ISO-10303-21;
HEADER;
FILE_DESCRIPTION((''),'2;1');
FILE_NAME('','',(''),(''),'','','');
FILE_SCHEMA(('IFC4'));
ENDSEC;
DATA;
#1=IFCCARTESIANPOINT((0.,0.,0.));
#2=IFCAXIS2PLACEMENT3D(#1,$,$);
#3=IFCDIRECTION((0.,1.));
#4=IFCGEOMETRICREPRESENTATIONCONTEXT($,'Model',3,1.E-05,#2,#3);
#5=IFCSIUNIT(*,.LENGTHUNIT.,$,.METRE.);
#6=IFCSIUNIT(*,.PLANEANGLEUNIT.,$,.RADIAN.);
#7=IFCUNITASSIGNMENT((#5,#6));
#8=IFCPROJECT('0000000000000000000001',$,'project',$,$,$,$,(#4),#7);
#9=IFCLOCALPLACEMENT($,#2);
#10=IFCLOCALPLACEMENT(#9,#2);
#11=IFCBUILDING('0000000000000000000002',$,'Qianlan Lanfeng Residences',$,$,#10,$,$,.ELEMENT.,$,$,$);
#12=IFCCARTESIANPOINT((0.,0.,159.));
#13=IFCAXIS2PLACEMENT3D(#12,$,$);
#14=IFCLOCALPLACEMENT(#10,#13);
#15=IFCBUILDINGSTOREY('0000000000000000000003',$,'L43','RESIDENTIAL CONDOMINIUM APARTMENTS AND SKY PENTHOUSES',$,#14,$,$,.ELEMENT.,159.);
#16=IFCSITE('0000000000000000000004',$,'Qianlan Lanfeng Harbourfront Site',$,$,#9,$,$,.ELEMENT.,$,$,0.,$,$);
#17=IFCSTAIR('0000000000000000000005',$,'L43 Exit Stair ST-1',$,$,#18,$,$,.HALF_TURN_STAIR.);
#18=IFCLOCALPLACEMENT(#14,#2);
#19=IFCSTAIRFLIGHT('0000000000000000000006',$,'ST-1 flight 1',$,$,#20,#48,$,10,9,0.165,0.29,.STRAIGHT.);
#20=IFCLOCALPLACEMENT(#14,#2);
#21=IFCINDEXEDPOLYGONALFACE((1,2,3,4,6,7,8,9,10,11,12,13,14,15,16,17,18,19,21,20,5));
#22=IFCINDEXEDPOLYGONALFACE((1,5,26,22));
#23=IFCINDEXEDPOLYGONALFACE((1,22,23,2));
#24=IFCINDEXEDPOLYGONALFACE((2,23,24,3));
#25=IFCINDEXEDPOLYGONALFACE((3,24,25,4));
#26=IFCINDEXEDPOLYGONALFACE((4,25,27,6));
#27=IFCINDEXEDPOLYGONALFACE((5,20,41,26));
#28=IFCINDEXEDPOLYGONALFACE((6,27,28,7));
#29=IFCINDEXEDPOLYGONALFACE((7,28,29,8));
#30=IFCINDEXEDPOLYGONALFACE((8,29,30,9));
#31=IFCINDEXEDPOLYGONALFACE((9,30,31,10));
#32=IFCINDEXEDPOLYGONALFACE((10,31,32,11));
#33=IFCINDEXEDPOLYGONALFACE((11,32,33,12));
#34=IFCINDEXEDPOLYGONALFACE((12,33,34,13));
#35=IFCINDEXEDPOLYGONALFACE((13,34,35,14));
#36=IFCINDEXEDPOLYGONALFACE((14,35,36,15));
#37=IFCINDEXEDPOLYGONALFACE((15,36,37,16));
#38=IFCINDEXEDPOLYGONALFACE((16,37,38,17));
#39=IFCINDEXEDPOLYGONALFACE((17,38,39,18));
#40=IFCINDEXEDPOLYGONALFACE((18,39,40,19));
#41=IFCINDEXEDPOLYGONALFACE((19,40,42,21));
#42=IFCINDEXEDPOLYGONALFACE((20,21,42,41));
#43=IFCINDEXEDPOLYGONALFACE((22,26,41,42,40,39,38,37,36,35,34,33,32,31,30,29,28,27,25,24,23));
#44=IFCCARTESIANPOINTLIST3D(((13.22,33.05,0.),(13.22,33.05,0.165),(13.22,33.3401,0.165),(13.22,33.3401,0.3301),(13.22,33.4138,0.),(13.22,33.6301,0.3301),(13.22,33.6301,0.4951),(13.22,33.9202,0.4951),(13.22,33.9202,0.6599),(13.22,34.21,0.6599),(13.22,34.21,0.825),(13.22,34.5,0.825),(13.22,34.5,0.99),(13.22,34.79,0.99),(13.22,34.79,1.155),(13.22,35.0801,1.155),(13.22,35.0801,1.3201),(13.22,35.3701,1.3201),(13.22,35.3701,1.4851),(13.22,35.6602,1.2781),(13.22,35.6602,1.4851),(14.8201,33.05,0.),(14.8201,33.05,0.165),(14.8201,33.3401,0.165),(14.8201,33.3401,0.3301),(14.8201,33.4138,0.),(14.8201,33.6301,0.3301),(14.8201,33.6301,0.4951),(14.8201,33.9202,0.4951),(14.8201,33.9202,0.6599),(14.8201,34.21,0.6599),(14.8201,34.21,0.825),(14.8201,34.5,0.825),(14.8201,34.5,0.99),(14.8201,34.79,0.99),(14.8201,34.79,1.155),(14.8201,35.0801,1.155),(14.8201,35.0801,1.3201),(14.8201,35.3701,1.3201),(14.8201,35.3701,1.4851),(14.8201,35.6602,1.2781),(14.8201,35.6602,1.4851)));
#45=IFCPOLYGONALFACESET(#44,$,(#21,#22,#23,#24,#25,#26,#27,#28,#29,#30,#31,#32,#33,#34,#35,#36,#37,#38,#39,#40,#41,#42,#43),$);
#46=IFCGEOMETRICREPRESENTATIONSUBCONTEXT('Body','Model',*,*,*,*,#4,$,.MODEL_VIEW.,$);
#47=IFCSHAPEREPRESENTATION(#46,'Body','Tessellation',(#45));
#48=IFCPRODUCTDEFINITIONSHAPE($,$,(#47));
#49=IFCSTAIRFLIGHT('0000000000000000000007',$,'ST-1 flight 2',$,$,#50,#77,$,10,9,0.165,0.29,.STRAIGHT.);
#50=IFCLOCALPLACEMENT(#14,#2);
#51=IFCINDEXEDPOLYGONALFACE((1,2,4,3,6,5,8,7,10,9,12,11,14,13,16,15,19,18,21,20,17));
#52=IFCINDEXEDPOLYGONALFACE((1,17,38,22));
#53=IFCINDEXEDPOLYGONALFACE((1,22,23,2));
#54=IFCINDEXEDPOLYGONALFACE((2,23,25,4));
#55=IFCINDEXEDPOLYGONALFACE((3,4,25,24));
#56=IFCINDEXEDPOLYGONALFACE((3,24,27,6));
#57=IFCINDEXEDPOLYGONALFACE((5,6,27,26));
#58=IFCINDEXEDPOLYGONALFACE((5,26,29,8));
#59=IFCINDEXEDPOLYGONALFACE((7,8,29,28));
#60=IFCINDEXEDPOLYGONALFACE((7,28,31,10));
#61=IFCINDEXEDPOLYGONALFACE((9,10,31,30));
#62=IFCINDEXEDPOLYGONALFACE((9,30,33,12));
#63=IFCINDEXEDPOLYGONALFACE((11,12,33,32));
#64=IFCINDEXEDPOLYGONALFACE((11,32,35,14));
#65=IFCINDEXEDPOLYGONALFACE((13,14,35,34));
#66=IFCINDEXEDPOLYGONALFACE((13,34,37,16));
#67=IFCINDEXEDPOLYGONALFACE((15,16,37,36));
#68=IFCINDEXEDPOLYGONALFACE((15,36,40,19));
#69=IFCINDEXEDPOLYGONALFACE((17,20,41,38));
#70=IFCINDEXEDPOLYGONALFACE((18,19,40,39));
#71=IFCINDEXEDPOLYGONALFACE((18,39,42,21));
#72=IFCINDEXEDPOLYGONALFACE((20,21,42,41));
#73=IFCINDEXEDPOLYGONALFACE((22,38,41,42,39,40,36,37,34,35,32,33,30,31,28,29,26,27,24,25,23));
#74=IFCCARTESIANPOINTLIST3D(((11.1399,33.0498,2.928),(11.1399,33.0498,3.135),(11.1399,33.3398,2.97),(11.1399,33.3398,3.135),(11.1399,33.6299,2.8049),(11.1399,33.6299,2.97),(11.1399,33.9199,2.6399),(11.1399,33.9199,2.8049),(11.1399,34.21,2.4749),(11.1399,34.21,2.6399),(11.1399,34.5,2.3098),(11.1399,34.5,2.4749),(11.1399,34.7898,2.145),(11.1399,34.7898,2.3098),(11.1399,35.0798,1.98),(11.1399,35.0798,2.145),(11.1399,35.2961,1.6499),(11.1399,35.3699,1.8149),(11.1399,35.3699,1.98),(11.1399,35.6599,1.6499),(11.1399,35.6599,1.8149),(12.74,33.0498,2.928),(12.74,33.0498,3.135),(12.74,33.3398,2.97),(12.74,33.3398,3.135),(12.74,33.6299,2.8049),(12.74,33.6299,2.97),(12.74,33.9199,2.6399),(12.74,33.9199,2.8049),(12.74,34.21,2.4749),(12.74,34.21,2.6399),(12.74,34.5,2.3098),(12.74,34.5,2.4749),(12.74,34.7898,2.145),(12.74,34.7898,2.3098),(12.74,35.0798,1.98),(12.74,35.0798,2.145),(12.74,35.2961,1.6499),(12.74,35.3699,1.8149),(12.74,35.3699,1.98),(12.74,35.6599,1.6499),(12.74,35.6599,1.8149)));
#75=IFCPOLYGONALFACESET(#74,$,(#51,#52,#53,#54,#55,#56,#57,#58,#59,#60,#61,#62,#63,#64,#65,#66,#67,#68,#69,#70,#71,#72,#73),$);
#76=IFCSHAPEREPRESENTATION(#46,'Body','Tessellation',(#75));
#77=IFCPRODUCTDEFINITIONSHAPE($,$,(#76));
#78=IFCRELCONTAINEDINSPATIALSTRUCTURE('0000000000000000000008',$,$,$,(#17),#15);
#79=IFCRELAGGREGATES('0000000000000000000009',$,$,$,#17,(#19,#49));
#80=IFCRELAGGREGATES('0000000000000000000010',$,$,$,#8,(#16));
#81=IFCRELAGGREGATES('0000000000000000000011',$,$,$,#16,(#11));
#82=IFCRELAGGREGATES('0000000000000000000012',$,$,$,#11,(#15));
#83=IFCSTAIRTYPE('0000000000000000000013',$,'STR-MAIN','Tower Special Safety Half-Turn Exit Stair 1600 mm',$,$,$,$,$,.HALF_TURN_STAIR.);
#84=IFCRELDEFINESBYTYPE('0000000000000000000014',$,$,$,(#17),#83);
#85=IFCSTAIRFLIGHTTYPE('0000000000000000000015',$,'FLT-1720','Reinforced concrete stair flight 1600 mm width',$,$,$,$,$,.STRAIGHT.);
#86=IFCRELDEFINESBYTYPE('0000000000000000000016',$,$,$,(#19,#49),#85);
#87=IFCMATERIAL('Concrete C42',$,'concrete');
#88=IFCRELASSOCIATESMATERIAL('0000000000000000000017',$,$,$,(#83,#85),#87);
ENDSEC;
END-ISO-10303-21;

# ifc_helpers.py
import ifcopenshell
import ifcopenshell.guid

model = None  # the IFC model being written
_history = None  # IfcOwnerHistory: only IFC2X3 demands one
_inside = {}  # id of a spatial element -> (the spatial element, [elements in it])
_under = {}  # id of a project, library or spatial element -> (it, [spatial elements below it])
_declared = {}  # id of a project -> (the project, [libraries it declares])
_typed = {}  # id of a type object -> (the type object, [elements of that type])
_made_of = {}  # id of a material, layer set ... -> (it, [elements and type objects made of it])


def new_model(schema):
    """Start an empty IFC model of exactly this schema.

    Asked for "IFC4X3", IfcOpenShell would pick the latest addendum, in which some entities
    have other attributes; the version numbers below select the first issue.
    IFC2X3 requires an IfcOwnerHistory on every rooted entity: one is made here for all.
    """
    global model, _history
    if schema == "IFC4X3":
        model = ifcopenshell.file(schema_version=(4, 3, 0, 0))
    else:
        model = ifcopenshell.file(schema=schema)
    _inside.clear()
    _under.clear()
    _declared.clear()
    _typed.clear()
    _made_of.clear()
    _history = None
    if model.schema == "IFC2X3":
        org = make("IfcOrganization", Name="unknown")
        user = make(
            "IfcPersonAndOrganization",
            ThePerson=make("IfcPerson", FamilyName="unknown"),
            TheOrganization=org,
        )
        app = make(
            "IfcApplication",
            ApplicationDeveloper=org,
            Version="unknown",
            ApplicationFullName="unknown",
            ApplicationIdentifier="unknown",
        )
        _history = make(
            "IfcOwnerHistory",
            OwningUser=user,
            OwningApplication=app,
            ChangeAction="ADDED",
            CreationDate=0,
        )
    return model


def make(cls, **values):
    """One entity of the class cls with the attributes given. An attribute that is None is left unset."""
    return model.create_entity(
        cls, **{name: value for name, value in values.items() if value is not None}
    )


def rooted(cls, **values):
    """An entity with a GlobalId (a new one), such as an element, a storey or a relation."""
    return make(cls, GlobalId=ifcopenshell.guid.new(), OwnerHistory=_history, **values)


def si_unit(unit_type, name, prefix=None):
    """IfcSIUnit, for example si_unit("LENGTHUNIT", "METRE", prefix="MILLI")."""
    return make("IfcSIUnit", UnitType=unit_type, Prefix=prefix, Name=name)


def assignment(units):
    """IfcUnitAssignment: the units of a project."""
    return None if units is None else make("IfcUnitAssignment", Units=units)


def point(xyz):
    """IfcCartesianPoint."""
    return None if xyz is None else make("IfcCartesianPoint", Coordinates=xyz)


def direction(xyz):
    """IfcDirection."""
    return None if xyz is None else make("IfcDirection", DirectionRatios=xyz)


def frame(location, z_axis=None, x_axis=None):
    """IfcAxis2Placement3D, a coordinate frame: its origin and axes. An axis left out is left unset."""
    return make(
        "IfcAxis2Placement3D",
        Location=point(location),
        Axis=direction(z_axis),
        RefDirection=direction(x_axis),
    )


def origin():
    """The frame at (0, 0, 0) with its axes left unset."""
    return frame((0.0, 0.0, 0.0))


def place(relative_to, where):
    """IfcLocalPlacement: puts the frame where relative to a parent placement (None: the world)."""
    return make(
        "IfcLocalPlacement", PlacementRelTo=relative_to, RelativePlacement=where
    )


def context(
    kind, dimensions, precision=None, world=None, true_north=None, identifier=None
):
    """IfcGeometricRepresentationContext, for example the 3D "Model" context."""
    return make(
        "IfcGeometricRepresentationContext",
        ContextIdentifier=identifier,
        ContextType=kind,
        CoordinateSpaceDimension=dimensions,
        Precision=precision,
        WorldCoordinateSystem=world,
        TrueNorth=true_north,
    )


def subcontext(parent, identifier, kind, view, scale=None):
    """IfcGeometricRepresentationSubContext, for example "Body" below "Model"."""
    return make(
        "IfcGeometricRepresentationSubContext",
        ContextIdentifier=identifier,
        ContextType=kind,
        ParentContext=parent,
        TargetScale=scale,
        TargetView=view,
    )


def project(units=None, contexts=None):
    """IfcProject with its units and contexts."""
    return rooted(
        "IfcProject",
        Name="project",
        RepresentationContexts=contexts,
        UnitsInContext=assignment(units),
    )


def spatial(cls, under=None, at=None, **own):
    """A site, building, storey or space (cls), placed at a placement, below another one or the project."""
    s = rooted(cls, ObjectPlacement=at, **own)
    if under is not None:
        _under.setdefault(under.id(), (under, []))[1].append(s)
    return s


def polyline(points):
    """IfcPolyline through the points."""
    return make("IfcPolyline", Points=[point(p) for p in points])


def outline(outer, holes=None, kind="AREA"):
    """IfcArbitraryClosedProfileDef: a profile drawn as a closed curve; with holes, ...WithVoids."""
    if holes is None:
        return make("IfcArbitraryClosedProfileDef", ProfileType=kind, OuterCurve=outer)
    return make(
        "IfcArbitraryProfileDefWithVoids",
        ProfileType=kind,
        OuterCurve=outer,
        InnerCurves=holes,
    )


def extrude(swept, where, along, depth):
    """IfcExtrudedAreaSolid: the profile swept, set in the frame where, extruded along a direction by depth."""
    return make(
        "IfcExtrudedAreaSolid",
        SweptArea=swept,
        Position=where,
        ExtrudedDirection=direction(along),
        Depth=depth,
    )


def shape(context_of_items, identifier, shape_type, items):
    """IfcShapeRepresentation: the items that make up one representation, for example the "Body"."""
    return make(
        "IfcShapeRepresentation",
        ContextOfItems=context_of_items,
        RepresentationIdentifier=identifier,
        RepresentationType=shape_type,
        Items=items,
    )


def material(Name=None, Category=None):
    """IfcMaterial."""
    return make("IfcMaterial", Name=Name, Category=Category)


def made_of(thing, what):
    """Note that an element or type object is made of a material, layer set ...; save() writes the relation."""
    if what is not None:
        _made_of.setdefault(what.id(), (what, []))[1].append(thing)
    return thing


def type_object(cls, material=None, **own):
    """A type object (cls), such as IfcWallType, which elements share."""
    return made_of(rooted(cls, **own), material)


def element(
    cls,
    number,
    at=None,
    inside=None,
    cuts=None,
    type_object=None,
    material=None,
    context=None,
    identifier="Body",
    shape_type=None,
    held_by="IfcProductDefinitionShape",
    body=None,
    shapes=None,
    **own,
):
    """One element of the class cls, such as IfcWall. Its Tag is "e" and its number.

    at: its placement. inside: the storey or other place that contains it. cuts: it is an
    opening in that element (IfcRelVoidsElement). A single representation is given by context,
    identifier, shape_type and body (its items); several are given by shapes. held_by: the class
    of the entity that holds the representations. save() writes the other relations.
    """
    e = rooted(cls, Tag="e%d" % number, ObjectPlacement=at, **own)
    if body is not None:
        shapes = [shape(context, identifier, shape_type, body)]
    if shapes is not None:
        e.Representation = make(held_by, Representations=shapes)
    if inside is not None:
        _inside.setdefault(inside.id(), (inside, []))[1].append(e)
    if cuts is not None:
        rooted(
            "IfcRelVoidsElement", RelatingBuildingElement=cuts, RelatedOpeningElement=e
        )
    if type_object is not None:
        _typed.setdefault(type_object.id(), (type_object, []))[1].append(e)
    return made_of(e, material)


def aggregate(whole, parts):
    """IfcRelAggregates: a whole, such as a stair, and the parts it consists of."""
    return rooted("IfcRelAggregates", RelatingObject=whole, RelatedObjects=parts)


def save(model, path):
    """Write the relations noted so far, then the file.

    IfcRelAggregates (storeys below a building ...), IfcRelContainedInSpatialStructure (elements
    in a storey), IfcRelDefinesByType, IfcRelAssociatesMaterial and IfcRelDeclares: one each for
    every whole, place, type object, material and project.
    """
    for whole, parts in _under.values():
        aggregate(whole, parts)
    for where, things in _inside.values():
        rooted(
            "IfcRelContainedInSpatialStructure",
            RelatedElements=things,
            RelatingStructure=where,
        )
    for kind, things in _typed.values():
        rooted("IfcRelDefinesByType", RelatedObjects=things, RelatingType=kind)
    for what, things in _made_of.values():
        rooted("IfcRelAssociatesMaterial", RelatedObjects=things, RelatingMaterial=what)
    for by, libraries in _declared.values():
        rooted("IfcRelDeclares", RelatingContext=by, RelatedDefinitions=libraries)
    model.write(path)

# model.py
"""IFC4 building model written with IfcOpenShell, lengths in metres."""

from ifc_helpers import new_model, si_unit, direction, frame, origin, place, context, subcontext, project, spatial, polyline, outline, extrude, material, type_object, element, aggregate, save


model = new_model("IFC4")

# Units and contexts
model_context = context("Model", 3, precision=1e-05, world=origin(), true_north=direction((0.0, 1.0)))
body_context = subcontext(model_context, "Body", "Model", "MODEL_VIEW")
ifc_project = project(units=[si_unit("LENGTHUNIT", "METRE"), si_unit("PLANEANGLEUNIT", "RADIAN")], contexts=[model_context])

# Site, building, storey
site_placement = place(None, origin())
site = spatial("IfcSite", under=ifc_project, at=site_placement, Name="Qianlan Lanfeng Harbourfront Site", CompositionType="ELEMENT", RefElevation=0.0)
building_placement = place(site_placement, origin())
building = spatial("IfcBuilding", under=site, at=building_placement, Name="Qianlan Lanfeng Residences", CompositionType="ELEMENT")
storey_placement = place(building_placement, frame((0.0, 0.0, 159.0)))
storey = spatial("IfcBuildingStorey", under=building, at=storey_placement, Name="L43", Description="RESIDENTIAL CONDOMINIUM APARTMENTS AND SKY PENTHOUSES", CompositionType="ELEMENT", Elevation=159.0)

# Shared definitions
ifc_material_1 = material(Name="Concrete C42", Category="concrete")

# Stair, stair flights
stair_type = type_object("IfcStairType", Name="STR-MAIN", Description="Tower Special Safety Half-Turn Exit Stair 1600 mm", PredefinedType="HALF_TURN_STAIR", material=ifc_material_1)
stair_placement = place(storey_placement, origin())
stair = element("IfcStair", 1, at=stair_placement, inside=storey, type_object=stair_type, Name="L43 Exit Stair ST-1", PredefinedType="HALF_TURN_STAIR")
stair_flight_type = type_object("IfcStairFlightType", Name="FLT-1720", Description="Reinforced concrete stair flight 1600 mm width", PredefinedType="STRAIGHT", material=ifc_material_1)
stair_flight_1_placement = place(storey_placement, frame((14.02, 33.05, 0.0), z_axis=(0.0, 0.0, 1.0), x_axis=(0.0, 1.0, 0.0)))
stair_flight_1 = element("IfcStairFlight", 2, at=stair_flight_1_placement, type_object=stair_flight_type, Name="ST-1 flight 1", NumberOfRisers=10, NumberOfTreads=9, PredefinedType="STRAIGHT", RiserHeight=0.165, TreadLength=0.29, context=body_context, shape_type="SweptSolid", body=[
    extrude(outline(polyline([(0.0, 0.0), (0.0, 0.165), (0.29, 0.165), (0.29, 0.3301), (0.5801, 0.3301), (0.5801, 0.4951), (0.8701, 0.4951), (0.8701, 0.6599), (1.1599, 0.6599), (1.1599, 0.825), (1.45, 0.825), (1.45, 0.99), (1.74, 0.99), (1.74, 1.155), (2.03, 1.155), (2.03, 1.3201), (2.3201, 1.3201), (2.3201, 1.4851), (2.6101, 1.4851), (2.6101, 1.6499), (2.6101, 1.2781), (0.3638, 0.0), (0.0, 0.0)])), frame((0.0, 0.8, 0.0), z_axis=(0.0, -1.0, 0.0), x_axis=(1.0, 0.0, 0.0)), (0.0, 0.0, 1.0), 1.6001),
])
stair_flight_2_placement = place(storey_placement, frame((11.9399, 35.6599, 1.6499), z_axis=(0.0, 0.0, 1.0), x_axis=(0.0, -1.0, 0.0)))
stair_flight_2 = element("IfcStairFlight", 3, at=stair_flight_2_placement, type_object=stair_flight_type, Name="ST-1 flight 2", NumberOfRisers=10, NumberOfTreads=9, PredefinedType="STRAIGHT", RiserHeight=0.165, TreadLength=0.29, context=body_context, shape_type="SweptSolid", body=[
    extrude(outline(polyline([(0.0, 0.0), (0.0, 0.165), (0.29, 0.165), (0.29, 0.3301), (0.5801, 0.3301), (0.5801, 0.4951), (0.8701, 0.4951), (0.8701, 0.6599), (1.1599, 0.6599), (1.1599, 0.825), (1.45, 0.825), (1.45, 0.99), (1.74, 0.99), (1.74, 1.155), (2.03, 1.155), (2.03, 1.3201), (2.3201, 1.3201), (2.3201, 1.4851), (2.6101, 1.4851), (2.6101, 1.6499), (2.6101, 1.2781), (0.3638, 0.0), (0.0, 0.0)])), frame((0.0, 0.8, 0.0), z_axis=(0.0, -1.0, 0.0), x_axis=(1.0, 0.0, 0.0)), (0.0, 0.0, 1.0), 1.6001),
])
aggregate(stair, [stair_flight_1, stair_flight_2])

save(model, "model.ifc")
